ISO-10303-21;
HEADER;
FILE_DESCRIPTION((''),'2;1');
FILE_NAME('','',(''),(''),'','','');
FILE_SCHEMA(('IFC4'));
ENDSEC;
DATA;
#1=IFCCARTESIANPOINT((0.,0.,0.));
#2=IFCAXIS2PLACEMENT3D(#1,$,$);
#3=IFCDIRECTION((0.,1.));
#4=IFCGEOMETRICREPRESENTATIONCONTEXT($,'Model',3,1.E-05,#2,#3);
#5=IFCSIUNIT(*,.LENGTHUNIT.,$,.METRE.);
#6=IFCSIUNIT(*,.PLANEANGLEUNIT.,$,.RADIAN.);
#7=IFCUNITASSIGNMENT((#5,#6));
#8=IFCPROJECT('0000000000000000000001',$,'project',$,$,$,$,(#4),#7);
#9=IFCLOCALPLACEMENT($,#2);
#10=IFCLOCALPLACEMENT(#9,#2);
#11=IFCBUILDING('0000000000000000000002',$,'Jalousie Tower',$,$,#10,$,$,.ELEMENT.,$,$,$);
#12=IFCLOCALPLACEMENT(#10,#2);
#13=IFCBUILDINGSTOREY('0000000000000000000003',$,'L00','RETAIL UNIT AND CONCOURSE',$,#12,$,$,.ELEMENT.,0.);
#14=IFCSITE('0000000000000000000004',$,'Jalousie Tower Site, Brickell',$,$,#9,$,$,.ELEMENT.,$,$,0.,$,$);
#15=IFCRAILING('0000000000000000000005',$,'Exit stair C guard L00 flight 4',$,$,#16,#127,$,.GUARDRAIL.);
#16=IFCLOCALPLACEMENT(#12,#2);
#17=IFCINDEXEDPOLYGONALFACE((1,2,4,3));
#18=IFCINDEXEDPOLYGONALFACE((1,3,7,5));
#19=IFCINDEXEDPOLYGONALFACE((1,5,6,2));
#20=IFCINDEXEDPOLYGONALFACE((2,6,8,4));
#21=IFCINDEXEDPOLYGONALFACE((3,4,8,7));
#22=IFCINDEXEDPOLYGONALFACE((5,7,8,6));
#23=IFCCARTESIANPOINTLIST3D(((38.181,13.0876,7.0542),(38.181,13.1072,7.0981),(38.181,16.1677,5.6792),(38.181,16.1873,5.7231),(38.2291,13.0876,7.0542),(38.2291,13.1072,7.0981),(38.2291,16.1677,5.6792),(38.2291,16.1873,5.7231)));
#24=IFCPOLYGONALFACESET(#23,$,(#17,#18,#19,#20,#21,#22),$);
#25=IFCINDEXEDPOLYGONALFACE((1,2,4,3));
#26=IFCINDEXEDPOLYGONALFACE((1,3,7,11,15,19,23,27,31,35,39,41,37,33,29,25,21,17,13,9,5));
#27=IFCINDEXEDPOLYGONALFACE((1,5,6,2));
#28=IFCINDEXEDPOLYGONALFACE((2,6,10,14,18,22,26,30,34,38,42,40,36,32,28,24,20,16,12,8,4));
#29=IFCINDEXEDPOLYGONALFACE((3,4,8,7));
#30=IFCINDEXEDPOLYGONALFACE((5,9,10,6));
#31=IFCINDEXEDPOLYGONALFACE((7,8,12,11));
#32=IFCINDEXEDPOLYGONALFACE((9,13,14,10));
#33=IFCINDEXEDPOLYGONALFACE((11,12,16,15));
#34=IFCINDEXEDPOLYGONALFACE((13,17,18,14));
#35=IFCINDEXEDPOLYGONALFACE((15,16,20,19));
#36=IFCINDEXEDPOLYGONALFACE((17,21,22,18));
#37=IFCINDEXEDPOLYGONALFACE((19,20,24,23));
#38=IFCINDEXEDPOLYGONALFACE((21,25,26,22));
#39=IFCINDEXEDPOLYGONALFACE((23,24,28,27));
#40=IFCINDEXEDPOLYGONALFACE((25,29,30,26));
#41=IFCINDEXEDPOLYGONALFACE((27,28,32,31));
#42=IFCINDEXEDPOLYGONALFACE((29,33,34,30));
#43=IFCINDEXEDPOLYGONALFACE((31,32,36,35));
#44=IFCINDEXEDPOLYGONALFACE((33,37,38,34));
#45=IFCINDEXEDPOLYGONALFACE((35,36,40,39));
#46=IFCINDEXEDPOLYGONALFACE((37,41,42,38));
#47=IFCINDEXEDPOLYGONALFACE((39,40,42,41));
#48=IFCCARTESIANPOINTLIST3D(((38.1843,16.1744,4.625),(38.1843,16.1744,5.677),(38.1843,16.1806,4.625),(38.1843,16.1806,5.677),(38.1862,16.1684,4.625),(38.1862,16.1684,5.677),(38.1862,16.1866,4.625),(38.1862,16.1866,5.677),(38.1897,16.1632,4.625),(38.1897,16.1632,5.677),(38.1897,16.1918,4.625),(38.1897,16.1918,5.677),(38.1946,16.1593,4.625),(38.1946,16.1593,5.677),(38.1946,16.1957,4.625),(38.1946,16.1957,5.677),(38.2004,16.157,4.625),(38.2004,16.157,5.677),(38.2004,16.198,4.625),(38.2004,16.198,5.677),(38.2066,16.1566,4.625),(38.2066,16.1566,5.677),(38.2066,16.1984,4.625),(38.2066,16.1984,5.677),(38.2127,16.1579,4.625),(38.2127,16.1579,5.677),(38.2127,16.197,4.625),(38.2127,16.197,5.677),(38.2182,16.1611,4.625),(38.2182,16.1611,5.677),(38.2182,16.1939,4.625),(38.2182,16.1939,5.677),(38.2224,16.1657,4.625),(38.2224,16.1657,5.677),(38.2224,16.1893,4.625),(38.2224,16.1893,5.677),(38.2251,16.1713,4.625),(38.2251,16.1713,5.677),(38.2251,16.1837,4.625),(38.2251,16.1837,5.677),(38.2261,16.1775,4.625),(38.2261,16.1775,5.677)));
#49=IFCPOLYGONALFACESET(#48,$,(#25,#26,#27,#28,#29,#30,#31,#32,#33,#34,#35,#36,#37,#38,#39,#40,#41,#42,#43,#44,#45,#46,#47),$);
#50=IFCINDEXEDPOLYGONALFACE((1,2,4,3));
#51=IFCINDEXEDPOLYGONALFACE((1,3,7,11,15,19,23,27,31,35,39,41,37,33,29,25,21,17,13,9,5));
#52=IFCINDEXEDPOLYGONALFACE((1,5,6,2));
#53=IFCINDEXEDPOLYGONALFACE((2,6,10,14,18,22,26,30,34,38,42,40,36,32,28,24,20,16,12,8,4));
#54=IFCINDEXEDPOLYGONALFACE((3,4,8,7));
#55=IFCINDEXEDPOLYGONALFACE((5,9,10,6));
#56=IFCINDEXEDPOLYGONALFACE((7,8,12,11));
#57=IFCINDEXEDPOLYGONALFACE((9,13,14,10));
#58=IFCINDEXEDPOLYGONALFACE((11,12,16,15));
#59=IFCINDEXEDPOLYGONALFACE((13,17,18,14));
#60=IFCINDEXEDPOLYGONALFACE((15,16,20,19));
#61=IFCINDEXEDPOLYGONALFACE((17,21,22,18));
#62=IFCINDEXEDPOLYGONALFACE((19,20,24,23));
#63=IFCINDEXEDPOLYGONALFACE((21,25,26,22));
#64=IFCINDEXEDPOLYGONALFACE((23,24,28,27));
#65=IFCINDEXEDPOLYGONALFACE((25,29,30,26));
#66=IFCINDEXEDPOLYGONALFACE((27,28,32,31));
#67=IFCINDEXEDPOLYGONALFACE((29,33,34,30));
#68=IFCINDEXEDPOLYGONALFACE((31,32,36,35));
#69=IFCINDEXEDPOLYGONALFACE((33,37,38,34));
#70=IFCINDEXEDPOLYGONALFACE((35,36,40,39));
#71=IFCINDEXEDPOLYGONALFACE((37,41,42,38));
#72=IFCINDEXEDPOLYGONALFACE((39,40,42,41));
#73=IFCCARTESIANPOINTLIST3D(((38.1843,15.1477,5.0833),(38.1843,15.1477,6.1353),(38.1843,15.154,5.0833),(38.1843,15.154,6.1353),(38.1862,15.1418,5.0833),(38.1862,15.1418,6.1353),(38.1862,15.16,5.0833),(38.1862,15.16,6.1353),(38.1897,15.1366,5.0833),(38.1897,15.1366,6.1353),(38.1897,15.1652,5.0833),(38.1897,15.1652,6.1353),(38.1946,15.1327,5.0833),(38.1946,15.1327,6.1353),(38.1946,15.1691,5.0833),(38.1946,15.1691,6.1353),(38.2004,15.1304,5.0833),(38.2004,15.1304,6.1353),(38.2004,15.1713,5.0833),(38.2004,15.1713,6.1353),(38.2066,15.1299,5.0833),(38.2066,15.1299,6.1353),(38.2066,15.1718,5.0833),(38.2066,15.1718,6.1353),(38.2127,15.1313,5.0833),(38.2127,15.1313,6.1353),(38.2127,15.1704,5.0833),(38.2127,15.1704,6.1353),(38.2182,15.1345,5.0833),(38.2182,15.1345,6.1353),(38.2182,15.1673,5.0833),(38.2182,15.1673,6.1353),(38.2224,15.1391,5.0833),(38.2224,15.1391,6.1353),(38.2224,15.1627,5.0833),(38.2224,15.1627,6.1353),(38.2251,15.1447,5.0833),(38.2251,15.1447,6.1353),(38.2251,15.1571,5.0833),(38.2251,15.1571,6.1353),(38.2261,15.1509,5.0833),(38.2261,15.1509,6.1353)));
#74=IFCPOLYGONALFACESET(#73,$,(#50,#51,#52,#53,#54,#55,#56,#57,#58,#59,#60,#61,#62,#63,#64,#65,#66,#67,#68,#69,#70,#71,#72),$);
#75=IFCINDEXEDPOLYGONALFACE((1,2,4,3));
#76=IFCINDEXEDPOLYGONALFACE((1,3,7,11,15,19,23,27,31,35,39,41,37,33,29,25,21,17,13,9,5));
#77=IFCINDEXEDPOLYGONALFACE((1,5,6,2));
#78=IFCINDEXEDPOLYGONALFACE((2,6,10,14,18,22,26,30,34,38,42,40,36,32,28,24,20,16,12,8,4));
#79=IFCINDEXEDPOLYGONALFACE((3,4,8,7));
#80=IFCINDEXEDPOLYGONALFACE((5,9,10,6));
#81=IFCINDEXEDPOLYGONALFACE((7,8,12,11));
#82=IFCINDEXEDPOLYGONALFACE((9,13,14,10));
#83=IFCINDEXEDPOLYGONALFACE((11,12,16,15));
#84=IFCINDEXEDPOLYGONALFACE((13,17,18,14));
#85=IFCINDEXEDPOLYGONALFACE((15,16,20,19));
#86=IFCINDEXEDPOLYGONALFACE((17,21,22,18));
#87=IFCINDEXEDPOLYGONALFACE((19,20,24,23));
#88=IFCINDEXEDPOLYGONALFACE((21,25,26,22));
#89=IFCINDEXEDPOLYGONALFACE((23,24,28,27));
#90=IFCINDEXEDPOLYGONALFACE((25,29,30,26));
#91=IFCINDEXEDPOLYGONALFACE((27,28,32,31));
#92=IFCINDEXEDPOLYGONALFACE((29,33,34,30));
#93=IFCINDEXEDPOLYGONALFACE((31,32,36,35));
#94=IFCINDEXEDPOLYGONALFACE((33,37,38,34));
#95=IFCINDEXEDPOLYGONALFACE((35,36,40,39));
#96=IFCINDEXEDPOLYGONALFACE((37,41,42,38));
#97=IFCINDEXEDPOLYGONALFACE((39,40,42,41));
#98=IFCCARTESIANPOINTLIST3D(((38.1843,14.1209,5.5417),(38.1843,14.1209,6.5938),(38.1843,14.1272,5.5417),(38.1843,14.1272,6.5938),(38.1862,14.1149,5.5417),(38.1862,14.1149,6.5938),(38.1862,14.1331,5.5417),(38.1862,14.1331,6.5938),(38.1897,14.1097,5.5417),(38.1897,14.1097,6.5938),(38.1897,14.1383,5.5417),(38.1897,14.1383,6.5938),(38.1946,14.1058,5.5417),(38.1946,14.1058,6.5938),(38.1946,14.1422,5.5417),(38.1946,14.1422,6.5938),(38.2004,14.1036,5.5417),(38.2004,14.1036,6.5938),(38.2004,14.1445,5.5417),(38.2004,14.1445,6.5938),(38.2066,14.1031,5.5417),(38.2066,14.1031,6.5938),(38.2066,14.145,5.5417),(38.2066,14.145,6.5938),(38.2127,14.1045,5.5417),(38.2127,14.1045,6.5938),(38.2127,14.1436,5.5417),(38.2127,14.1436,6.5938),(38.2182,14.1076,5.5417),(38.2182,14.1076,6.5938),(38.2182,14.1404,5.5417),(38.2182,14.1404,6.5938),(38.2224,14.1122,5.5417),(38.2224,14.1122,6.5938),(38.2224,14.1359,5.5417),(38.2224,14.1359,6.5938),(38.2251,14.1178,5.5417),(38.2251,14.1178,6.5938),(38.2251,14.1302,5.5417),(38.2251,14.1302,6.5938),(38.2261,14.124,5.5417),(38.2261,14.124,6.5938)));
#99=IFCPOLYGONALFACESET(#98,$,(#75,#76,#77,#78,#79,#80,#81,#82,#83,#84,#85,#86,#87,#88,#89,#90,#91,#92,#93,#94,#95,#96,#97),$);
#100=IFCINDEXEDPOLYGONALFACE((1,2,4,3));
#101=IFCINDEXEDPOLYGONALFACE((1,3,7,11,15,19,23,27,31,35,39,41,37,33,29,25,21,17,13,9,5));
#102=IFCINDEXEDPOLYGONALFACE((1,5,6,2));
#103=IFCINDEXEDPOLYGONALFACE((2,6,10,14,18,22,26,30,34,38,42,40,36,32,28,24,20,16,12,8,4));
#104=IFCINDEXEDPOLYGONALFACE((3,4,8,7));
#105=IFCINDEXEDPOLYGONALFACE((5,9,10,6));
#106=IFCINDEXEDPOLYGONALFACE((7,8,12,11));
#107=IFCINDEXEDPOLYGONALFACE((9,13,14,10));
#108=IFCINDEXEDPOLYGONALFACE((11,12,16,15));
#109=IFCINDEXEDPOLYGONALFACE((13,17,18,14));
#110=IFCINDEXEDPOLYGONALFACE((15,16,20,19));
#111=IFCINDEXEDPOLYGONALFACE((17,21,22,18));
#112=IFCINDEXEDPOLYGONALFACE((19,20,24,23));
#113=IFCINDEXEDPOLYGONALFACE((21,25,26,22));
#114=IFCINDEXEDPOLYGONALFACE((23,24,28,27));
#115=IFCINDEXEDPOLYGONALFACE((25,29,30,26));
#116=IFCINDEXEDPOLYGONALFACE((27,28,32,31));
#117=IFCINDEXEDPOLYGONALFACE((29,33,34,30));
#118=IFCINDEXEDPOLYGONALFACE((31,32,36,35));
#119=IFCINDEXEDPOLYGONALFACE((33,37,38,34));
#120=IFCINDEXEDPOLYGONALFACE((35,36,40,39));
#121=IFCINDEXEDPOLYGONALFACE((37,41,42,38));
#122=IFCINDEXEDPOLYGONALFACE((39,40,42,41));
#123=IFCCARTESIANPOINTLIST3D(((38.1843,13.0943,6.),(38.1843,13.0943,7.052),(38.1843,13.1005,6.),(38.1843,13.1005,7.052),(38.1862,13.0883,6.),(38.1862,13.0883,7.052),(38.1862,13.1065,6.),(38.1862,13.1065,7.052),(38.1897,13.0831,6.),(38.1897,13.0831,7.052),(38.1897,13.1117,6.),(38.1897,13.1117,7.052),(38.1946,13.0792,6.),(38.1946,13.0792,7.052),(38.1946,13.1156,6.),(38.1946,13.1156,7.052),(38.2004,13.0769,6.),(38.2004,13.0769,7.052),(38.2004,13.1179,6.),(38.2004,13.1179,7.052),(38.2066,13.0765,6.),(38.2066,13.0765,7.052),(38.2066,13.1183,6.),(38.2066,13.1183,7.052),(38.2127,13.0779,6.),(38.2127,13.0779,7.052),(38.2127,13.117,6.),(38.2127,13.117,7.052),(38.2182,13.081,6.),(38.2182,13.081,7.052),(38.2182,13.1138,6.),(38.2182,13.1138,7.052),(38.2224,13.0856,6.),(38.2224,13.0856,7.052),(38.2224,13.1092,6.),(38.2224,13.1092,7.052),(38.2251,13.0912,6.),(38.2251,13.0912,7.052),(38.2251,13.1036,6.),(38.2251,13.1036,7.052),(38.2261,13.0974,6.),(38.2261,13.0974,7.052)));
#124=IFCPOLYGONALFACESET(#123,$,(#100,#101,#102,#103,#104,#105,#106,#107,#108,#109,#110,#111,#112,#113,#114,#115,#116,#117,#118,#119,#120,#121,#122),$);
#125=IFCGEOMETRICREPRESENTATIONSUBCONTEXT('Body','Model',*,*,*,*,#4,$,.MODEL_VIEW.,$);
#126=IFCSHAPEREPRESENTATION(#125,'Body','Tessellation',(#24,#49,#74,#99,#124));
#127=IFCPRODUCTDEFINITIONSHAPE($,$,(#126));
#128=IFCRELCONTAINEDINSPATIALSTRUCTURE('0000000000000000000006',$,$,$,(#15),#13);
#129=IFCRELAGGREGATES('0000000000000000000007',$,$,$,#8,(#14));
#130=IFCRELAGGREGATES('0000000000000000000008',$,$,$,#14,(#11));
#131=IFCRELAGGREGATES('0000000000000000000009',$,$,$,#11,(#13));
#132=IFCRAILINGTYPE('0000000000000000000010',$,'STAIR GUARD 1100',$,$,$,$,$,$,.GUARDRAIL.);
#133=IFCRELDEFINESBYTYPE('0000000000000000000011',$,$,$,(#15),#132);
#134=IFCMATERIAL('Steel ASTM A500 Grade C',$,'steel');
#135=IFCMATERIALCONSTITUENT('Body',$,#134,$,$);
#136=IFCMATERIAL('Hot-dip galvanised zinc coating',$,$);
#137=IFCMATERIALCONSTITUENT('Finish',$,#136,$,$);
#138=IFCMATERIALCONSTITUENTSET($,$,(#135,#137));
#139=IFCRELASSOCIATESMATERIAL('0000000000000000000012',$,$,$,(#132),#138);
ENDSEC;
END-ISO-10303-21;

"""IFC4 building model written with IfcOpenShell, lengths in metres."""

from ifc_helpers import new_model, si_unit, direction, frame, origin, origin_2d, place, context, subcontext, project, spatial, rectangle, circle, extrude, material, constituent, constituent_set, type_object, element, save


model = new_model("IFC4")

# Units and contexts
model_context = context("Model", 3, precision=1e-05, world=origin(), true_north=direction((0.0, 1.0)))
body_context = subcontext(model_context, "Body", "Model", "MODEL_VIEW")
ifc_project = project(units=[si_unit("LENGTHUNIT", "METRE"), si_unit("PLANEANGLEUNIT", "RADIAN")], contexts=[model_context])

# Site, building, storey
site_placement = place(None, origin())
site = spatial("IfcSite", under=ifc_project, at=site_placement, Name="Jalousie Tower Site, Brickell", CompositionType="ELEMENT", RefElevation=0.0)
building_placement = place(site_placement, origin())
building = spatial("IfcBuilding", under=site, at=building_placement, Name="Jalousie Tower", CompositionType="ELEMENT")
storey_placement = place(building_placement, origin())
storey = spatial("IfcBuildingStorey", under=building, at=storey_placement, Name="L00", Description="RETAIL UNIT AND CONCOURSE", CompositionType="ELEMENT", Elevation=0.0)

# Railing
ifc_material_1 = material(Name="Steel ASTM A500 Grade C", Category="steel")
ifc_constituent_1 = constituent(ifc_material_1, Name="Body")
ifc_material_2 = material(Name="Hot-dip galvanised zinc coating")
ifc_constituent_2 = constituent(ifc_material_2, Name="Finish")
ifc_constituent_set_1 = constituent_set(constituents=[ifc_constituent_1, ifc_constituent_2])
railing_type_1 = type_object("IfcRailingType", Name="STAIR GUARD 1100", PredefinedType="GUARDRAIL", material=ifc_constituent_set_1)
railing_1_placement = place(storey_placement, frame((38.2051, 16.1775, 4.625)))
element("IfcRailing", 1, at=railing_1_placement, inside=storey, type_object=railing_type_1, Name="Exit stair C guard L00 flight 4", PredefinedType="GUARDRAIL", context=body_context, shape_type="SweptSolid", body=[
    extrude(rectangle(XDim=0.0481, YDim=0.0481, at=origin_2d()), frame((0.0, 0.0, 1.0762), z_axis=(0.0, -0.913142, 0.407642), x_axis=(1.0, 0.0, 0.0)), (0.0, 0.0, 1.0), 3.373),
    extrude(circle(Radius=0.021, at=origin_2d()), origin(), (0.0, 0.0, 1.0), 1.052),
    extrude(circle(Radius=0.021, at=origin_2d()), frame((0.0, -1.0266, 0.4583)), (0.0, 0.0, 1.0), 1.052),
    extrude(circle(Radius=0.021, at=origin_2d()), frame((0.0, -2.0535, 0.9167)), (0.0, 0.0, 1.0), 1.052),
    extrude(circle(Radius=0.021, at=origin_2d()), frame((0.0, -3.0801, 1.375)), (0.0, 0.0, 1.0), 1.052),
])

save(model, "model.ifc")
